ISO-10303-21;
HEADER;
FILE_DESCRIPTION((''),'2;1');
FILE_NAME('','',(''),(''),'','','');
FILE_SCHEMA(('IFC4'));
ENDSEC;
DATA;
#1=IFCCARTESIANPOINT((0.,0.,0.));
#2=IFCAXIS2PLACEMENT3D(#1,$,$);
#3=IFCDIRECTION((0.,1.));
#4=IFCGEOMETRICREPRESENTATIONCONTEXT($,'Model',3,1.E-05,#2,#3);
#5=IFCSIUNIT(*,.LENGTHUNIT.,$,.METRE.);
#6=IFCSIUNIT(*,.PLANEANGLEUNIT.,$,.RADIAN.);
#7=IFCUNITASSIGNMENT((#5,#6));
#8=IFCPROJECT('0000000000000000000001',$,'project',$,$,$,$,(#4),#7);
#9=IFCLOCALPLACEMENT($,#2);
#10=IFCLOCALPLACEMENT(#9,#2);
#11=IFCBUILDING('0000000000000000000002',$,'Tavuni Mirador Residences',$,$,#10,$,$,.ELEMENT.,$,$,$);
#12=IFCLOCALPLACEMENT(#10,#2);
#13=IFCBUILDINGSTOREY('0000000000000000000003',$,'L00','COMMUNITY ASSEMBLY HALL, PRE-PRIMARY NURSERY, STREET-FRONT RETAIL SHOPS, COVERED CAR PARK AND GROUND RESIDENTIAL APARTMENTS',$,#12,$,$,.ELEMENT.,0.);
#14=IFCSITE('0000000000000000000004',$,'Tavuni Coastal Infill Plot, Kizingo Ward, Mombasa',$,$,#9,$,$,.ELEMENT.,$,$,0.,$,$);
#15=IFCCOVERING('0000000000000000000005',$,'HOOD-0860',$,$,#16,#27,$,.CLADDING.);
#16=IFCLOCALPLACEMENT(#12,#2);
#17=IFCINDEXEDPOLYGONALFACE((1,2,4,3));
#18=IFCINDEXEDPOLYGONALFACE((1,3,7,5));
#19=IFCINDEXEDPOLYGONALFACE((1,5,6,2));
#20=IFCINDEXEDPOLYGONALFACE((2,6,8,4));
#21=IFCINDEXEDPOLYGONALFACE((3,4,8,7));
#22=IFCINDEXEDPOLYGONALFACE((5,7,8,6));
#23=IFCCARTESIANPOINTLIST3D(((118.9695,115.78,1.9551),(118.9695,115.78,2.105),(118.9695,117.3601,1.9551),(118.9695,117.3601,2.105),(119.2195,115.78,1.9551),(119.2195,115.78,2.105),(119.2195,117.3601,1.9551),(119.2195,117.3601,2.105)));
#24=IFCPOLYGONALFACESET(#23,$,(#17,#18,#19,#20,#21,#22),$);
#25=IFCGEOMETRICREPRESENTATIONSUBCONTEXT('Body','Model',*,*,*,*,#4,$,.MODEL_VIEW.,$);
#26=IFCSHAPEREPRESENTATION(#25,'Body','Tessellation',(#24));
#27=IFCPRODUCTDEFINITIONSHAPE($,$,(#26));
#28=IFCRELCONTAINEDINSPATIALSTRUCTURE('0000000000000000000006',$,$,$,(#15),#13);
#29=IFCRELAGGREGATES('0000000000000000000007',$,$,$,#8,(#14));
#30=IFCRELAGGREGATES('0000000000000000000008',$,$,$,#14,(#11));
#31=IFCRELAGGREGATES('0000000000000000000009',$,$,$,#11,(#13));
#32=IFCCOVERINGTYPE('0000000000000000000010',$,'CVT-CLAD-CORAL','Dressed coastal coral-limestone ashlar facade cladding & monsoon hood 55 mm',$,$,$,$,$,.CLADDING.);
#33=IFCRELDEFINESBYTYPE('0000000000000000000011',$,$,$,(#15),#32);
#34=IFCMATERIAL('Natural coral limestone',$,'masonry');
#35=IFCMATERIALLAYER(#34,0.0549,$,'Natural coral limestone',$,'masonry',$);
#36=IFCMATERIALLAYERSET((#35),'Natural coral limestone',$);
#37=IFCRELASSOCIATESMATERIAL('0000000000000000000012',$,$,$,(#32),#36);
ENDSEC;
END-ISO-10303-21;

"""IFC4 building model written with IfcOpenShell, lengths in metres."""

from ifc_helpers import new_model, si_unit, direction, frame, origin, origin_2d, place, context, subcontext, project, spatial, rectangle, extrude, material, layer, layer_set, type_object, element, save


model = new_model("IFC4")

# Units and contexts
model_context = context("Model", 3, precision=1e-05, world=origin(), true_north=direction((0.0, 1.0)))
body_context = subcontext(model_context, "Body", "Model", "MODEL_VIEW")
ifc_project = project(units=[si_unit("LENGTHUNIT", "METRE"), si_unit("PLANEANGLEUNIT", "RADIAN")], contexts=[model_context])

# Site, building, storey
site_placement = place(None, origin())
site = spatial("IfcSite", under=ifc_project, at=site_placement, Name="Tavuni Coastal Infill Plot, Kizingo Ward, Mombasa", CompositionType="ELEMENT", RefElevation=0.0)
building_placement = place(site_placement, origin())
building = spatial("IfcBuilding", under=site, at=building_placement, Name="Tavuni Mirador Residences", CompositionType="ELEMENT")
storey_placement = place(building_placement, origin())
storey = spatial("IfcBuildingStorey", under=building, at=storey_placement, Name="L00", Description="COMMUNITY ASSEMBLY HALL, PRE-PRIMARY NURSERY, STREET-FRONT RETAIL SHOPS, COVERED CAR PARK AND GROUND RESIDENTIAL APARTMENTS", CompositionType="ELEMENT", Elevation=0.0)

# Covering
ifc_material_1 = material(Name="Natural coral limestone", Category="masonry")
ifc_layer_1 = layer(ifc_material_1, 0.0549, Name="Natural coral limestone", Category="masonry")
ifc_layer_set_1 = layer_set([ifc_layer_1], Name="Natural coral limestone")
covering_type = type_object("IfcCoveringType", Name="CVT-CLAD-CORAL", Description="Dressed coastal coral-limestone ashlar facade cladding & monsoon hood 55 mm", PredefinedType="CLADDING", material=ifc_layer_set_1)
covering_placement = place(storey_placement, frame((119.0945, 116.5701, 1.9551), z_axis=(0.0, 0.0, 1.0), x_axis=(0.0, 1.0, 0.0)))
element("IfcCovering", 1, at=covering_placement, inside=storey, type_object=covering_type, Name="HOOD-0860", PredefinedType="CLADDING", context=body_context, shape_type="SweptSolid", body=[
    extrude(rectangle(XDim=1.5801, YDim=0.25, at=origin_2d()), origin(), (0.0, 0.0, 1.0), 0.1499),
])

save(model, "model.ifc")
